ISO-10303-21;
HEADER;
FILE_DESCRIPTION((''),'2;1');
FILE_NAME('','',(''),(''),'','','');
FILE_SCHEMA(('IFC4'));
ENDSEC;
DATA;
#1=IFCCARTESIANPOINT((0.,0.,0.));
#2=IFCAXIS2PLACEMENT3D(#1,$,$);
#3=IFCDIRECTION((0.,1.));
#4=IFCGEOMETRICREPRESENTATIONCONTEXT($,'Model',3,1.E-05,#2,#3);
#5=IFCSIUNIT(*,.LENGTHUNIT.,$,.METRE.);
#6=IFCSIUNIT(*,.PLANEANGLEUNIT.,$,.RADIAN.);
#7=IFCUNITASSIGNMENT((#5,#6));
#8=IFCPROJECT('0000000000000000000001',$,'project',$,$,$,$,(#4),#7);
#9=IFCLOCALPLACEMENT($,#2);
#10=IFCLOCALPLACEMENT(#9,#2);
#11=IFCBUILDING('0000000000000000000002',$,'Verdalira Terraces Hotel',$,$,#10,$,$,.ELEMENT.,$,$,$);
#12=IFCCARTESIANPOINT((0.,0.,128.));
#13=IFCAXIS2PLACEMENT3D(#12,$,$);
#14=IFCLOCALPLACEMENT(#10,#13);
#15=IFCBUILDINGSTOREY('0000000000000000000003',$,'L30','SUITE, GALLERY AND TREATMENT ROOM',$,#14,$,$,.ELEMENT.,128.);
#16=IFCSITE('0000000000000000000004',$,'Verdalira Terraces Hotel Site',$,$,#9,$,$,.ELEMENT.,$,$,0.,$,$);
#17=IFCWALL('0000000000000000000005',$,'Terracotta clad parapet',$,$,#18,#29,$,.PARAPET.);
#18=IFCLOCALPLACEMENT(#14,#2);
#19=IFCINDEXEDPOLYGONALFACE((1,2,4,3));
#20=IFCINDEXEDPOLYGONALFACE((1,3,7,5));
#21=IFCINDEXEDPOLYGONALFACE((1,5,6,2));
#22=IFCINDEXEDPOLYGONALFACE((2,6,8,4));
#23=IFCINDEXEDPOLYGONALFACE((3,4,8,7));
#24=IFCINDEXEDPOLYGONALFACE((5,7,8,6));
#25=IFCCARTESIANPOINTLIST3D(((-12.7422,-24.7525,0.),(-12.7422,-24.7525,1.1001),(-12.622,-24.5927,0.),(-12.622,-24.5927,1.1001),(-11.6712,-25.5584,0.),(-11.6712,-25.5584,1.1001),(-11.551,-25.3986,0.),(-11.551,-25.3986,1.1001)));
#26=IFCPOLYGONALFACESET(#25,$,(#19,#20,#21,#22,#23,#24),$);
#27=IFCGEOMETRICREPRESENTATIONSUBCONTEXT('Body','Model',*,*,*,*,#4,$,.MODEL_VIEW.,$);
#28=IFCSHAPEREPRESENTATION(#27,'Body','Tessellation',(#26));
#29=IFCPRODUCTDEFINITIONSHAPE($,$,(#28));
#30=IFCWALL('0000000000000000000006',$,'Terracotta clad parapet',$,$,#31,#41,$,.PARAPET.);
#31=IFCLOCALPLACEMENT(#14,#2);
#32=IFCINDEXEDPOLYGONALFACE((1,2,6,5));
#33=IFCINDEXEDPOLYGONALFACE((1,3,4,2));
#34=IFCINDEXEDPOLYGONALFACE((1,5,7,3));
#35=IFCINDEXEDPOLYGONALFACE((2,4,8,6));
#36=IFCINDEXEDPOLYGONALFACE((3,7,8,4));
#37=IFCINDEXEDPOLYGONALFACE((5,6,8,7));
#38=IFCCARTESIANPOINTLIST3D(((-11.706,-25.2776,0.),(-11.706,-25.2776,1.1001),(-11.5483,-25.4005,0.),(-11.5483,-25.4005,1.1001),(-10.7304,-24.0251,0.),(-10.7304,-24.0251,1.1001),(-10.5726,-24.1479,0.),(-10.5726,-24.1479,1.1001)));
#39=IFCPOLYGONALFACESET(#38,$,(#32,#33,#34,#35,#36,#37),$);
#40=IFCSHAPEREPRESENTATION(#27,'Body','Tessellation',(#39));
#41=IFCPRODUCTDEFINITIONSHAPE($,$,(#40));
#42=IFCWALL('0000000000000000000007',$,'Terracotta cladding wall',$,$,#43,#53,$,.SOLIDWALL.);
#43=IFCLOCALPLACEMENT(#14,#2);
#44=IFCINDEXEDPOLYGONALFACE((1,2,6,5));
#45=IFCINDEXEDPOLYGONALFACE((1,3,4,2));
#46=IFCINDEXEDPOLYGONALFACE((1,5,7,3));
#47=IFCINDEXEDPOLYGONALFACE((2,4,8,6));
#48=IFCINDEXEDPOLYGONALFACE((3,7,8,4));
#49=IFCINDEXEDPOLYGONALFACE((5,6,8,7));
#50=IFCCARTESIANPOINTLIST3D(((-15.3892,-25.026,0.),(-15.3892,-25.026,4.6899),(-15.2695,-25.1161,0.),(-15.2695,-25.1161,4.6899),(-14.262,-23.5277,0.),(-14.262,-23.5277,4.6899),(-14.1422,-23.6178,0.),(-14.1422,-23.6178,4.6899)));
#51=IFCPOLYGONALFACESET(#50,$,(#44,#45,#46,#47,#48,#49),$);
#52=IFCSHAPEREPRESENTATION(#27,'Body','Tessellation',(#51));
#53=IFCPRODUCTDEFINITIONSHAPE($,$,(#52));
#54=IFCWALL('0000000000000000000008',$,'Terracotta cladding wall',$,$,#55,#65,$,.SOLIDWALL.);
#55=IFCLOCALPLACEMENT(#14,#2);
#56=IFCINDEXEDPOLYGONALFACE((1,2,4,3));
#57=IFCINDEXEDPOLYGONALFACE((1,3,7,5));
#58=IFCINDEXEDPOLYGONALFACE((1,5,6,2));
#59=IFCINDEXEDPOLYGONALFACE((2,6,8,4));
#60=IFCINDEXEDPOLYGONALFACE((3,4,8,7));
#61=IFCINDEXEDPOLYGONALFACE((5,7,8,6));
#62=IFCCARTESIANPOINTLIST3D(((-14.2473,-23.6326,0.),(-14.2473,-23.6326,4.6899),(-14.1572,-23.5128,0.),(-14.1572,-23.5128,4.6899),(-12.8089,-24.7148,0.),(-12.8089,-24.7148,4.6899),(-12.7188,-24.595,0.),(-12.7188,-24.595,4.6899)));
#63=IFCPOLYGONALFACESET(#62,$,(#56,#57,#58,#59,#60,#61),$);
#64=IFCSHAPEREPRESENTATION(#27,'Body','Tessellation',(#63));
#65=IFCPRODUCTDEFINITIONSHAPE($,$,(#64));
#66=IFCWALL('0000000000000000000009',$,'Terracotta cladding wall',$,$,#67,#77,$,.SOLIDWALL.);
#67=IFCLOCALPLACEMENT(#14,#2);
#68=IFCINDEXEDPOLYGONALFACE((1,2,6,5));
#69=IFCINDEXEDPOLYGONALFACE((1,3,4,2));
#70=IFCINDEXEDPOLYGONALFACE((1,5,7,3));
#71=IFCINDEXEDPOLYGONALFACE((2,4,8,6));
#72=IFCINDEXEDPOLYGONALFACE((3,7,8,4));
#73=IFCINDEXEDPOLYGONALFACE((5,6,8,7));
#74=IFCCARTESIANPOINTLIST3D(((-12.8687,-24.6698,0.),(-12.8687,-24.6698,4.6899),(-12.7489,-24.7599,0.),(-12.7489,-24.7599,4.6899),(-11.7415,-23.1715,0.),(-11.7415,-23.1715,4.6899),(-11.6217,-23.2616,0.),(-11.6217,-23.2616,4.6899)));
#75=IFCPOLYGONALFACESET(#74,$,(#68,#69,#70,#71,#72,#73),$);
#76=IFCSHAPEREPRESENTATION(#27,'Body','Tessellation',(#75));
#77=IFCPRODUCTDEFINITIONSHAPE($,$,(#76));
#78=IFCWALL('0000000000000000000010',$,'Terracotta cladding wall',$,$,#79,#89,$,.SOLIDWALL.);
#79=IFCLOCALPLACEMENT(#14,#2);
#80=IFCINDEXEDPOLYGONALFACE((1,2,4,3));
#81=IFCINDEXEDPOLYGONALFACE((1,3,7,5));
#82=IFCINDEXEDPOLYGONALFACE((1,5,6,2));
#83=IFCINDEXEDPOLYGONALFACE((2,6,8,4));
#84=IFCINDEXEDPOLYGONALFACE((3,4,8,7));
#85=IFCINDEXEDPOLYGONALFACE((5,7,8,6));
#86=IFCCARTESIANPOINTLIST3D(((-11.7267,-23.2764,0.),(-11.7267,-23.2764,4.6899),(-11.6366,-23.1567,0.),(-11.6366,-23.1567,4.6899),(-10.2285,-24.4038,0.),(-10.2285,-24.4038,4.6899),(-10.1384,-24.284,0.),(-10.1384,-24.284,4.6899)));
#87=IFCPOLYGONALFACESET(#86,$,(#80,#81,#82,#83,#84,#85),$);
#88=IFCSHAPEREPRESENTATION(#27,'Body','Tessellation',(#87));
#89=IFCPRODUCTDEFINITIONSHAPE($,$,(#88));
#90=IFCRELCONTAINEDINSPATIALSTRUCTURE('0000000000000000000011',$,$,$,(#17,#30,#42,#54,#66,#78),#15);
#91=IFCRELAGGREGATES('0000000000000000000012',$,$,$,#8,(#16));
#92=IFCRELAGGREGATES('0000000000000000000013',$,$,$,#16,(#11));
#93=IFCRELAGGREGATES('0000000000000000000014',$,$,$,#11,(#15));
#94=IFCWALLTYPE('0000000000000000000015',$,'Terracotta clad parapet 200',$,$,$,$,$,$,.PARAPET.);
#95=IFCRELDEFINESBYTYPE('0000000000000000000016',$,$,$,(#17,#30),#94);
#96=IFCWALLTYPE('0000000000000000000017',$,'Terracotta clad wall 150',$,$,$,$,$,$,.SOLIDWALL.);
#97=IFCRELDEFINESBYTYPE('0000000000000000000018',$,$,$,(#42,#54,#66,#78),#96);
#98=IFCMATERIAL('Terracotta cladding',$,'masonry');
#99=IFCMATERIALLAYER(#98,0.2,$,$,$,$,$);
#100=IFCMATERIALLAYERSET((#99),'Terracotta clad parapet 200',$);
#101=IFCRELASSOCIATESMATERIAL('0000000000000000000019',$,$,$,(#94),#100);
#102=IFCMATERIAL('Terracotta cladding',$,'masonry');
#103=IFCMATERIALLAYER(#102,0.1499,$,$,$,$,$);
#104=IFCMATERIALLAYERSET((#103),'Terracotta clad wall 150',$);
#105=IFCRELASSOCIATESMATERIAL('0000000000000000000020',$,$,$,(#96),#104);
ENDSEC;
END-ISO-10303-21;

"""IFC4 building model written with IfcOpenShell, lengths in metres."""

from ifc_helpers import new_model, si_unit, direction, frame, frame_2d, origin, place, context, subcontext, project, spatial, rectangle, extrude, material, layer, layer_set, type_object, element, save


model = new_model("IFC4")

# Units and contexts
model_context = context("Model", 3, precision=1e-05, world=origin(), true_north=direction((0.0, 1.0)))
body_context = subcontext(model_context, "Body", "Model", "MODEL_VIEW")
ifc_project = project(units=[si_unit("LENGTHUNIT", "METRE"), si_unit("PLANEANGLEUNIT", "RADIAN")], contexts=[model_context])

# Site, building, storey
site_placement = place(None, origin())
site = spatial("IfcSite", under=ifc_project, at=site_placement, Name="Verdalira Terraces Hotel Site", CompositionType="ELEMENT", RefElevation=0.0)
building_placement = place(site_placement, origin())
building = spatial("IfcBuilding", under=site, at=building_placement, Name="Verdalira Terraces Hotel", CompositionType="ELEMENT")
storey_placement = place(building_placement, frame((0.0, 0.0, 128.0)))
storey = spatial("IfcBuildingStorey", under=building, at=storey_placement, Name="L30", Description="SUITE, GALLERY AND TREATMENT ROOM", CompositionType="ELEMENT", Elevation=128.0)

# Walls
ifc_material_1 = material(Name="Terracotta cladding", Category="masonry")
ifc_layer_1 = layer(ifc_material_1, 0.2)
ifc_layer_set_1 = layer_set([ifc_layer_1], Name="Terracotta clad parapet 200")
wall_type_1 = type_object("IfcWallType", Name="Terracotta clad parapet 200", PredefinedType="PARAPET", material=ifc_layer_set_1)
wall_1_placement = place(storey_placement, frame((-12.6821, -24.6726, 0.0), z_axis=(0.0, 0.0, 1.0), x_axis=(0.799059, -0.601252, 0.0)))
element("IfcWall", 1, at=wall_1_placement, inside=storey, type_object=wall_type_1, Name="Terracotta clad parapet", PredefinedType="PARAPET", context=body_context, shape_type="SweptSolid", body=[
    extrude(rectangle(XDim=1.3403, YDim=0.2, at=frame_2d((0.6702, 0.0))), origin(), (0.0, 0.0, 1.0), 1.1001),
])
wall_2_placement = place(storey_placement, frame((-11.6272, -25.3391, 0.0), z_axis=(0.0, 0.0, 1.0), x_axis=(0.614515, 0.788905, 0.0)))
element("IfcWall", 2, at=wall_2_placement, inside=storey, type_object=wall_type_1, Name="Terracotta clad parapet", PredefinedType="PARAPET", context=body_context, shape_type="SweptSolid", body=[
    extrude(rectangle(XDim=1.5876, YDim=0.2, at=frame_2d((0.7939, 0.0))), origin(), (0.0, 0.0, 1.0), 1.1001),
])
ifc_material_2 = material(Name="Terracotta cladding", Category="masonry")
ifc_layer_2 = layer(ifc_material_2, 0.1499)
ifc_layer_set_2 = layer_set([ifc_layer_2], Name="Terracotta clad wall 150")
wall_type_2 = type_object("IfcWallType", Name="Terracotta clad wall 150", PredefinedType="SOLIDWALL", material=ifc_layer_set_2)
wall_3_placement = place(storey_placement, frame((-15.3293, -25.071, 0.0), z_axis=(0.0, 0.0, 1.0), x_axis=(0.601187, 0.799108, 0.0)))
element("IfcWall", 3, at=wall_3_placement, inside=storey, type_object=wall_type_2, Name="Terracotta cladding wall", PredefinedType="SOLIDWALL", context=body_context, shape_type="SweptSolid", body=[
    extrude(rectangle(XDim=1.875, YDim=0.1499, at=frame_2d((0.9375, 0.0))), origin(), (0.0, 0.0, 1.0), 4.6899),
])
wall_4_placement = place(storey_placement, frame((-14.2021, -23.5728, 0.0), z_axis=(0.0, 0.0, 1.0), x_axis=(0.799088, -0.601214, 0.0)))
element("IfcWall", 4, at=wall_4_placement, inside=storey, type_object=wall_type_2, Name="Terracotta cladding wall", PredefinedType="SOLIDWALL", context=body_context, shape_type="SweptSolid", body=[
    extrude(rectangle(XDim=1.8, YDim=0.1499, at=frame_2d((0.8999, 0.0))), origin(), (0.0, 0.0, 1.0), 4.6899),
])
for number, where, z_axis, x_axis, name in (
    (5, (-12.8088, -24.7148, 0.0), (0.0, 0.0, 1.0), (0.601187, 0.799108, 0.0), "Terracotta cladding wall"),
    (6, (-11.6816, -23.2166, 0.0), (0.0, 0.0, 1.0), (0.799046, -0.60127, 0.0), "Terracotta cladding wall"),
):
    element("IfcWall", number, at=place(storey_placement, frame(where, z_axis=z_axis, x_axis=x_axis)), inside=storey, type_object=wall_type_2, Name=name, PredefinedType="SOLIDWALL", context=body_context, shape_type="SweptSolid", body=[
        extrude(rectangle(XDim=1.875, YDim=0.1499, at=frame_2d((0.9375, 0.0))), origin(), (0.0, 0.0, 1.0), 4.6899),
    ])

save(model, "model.ifc")
